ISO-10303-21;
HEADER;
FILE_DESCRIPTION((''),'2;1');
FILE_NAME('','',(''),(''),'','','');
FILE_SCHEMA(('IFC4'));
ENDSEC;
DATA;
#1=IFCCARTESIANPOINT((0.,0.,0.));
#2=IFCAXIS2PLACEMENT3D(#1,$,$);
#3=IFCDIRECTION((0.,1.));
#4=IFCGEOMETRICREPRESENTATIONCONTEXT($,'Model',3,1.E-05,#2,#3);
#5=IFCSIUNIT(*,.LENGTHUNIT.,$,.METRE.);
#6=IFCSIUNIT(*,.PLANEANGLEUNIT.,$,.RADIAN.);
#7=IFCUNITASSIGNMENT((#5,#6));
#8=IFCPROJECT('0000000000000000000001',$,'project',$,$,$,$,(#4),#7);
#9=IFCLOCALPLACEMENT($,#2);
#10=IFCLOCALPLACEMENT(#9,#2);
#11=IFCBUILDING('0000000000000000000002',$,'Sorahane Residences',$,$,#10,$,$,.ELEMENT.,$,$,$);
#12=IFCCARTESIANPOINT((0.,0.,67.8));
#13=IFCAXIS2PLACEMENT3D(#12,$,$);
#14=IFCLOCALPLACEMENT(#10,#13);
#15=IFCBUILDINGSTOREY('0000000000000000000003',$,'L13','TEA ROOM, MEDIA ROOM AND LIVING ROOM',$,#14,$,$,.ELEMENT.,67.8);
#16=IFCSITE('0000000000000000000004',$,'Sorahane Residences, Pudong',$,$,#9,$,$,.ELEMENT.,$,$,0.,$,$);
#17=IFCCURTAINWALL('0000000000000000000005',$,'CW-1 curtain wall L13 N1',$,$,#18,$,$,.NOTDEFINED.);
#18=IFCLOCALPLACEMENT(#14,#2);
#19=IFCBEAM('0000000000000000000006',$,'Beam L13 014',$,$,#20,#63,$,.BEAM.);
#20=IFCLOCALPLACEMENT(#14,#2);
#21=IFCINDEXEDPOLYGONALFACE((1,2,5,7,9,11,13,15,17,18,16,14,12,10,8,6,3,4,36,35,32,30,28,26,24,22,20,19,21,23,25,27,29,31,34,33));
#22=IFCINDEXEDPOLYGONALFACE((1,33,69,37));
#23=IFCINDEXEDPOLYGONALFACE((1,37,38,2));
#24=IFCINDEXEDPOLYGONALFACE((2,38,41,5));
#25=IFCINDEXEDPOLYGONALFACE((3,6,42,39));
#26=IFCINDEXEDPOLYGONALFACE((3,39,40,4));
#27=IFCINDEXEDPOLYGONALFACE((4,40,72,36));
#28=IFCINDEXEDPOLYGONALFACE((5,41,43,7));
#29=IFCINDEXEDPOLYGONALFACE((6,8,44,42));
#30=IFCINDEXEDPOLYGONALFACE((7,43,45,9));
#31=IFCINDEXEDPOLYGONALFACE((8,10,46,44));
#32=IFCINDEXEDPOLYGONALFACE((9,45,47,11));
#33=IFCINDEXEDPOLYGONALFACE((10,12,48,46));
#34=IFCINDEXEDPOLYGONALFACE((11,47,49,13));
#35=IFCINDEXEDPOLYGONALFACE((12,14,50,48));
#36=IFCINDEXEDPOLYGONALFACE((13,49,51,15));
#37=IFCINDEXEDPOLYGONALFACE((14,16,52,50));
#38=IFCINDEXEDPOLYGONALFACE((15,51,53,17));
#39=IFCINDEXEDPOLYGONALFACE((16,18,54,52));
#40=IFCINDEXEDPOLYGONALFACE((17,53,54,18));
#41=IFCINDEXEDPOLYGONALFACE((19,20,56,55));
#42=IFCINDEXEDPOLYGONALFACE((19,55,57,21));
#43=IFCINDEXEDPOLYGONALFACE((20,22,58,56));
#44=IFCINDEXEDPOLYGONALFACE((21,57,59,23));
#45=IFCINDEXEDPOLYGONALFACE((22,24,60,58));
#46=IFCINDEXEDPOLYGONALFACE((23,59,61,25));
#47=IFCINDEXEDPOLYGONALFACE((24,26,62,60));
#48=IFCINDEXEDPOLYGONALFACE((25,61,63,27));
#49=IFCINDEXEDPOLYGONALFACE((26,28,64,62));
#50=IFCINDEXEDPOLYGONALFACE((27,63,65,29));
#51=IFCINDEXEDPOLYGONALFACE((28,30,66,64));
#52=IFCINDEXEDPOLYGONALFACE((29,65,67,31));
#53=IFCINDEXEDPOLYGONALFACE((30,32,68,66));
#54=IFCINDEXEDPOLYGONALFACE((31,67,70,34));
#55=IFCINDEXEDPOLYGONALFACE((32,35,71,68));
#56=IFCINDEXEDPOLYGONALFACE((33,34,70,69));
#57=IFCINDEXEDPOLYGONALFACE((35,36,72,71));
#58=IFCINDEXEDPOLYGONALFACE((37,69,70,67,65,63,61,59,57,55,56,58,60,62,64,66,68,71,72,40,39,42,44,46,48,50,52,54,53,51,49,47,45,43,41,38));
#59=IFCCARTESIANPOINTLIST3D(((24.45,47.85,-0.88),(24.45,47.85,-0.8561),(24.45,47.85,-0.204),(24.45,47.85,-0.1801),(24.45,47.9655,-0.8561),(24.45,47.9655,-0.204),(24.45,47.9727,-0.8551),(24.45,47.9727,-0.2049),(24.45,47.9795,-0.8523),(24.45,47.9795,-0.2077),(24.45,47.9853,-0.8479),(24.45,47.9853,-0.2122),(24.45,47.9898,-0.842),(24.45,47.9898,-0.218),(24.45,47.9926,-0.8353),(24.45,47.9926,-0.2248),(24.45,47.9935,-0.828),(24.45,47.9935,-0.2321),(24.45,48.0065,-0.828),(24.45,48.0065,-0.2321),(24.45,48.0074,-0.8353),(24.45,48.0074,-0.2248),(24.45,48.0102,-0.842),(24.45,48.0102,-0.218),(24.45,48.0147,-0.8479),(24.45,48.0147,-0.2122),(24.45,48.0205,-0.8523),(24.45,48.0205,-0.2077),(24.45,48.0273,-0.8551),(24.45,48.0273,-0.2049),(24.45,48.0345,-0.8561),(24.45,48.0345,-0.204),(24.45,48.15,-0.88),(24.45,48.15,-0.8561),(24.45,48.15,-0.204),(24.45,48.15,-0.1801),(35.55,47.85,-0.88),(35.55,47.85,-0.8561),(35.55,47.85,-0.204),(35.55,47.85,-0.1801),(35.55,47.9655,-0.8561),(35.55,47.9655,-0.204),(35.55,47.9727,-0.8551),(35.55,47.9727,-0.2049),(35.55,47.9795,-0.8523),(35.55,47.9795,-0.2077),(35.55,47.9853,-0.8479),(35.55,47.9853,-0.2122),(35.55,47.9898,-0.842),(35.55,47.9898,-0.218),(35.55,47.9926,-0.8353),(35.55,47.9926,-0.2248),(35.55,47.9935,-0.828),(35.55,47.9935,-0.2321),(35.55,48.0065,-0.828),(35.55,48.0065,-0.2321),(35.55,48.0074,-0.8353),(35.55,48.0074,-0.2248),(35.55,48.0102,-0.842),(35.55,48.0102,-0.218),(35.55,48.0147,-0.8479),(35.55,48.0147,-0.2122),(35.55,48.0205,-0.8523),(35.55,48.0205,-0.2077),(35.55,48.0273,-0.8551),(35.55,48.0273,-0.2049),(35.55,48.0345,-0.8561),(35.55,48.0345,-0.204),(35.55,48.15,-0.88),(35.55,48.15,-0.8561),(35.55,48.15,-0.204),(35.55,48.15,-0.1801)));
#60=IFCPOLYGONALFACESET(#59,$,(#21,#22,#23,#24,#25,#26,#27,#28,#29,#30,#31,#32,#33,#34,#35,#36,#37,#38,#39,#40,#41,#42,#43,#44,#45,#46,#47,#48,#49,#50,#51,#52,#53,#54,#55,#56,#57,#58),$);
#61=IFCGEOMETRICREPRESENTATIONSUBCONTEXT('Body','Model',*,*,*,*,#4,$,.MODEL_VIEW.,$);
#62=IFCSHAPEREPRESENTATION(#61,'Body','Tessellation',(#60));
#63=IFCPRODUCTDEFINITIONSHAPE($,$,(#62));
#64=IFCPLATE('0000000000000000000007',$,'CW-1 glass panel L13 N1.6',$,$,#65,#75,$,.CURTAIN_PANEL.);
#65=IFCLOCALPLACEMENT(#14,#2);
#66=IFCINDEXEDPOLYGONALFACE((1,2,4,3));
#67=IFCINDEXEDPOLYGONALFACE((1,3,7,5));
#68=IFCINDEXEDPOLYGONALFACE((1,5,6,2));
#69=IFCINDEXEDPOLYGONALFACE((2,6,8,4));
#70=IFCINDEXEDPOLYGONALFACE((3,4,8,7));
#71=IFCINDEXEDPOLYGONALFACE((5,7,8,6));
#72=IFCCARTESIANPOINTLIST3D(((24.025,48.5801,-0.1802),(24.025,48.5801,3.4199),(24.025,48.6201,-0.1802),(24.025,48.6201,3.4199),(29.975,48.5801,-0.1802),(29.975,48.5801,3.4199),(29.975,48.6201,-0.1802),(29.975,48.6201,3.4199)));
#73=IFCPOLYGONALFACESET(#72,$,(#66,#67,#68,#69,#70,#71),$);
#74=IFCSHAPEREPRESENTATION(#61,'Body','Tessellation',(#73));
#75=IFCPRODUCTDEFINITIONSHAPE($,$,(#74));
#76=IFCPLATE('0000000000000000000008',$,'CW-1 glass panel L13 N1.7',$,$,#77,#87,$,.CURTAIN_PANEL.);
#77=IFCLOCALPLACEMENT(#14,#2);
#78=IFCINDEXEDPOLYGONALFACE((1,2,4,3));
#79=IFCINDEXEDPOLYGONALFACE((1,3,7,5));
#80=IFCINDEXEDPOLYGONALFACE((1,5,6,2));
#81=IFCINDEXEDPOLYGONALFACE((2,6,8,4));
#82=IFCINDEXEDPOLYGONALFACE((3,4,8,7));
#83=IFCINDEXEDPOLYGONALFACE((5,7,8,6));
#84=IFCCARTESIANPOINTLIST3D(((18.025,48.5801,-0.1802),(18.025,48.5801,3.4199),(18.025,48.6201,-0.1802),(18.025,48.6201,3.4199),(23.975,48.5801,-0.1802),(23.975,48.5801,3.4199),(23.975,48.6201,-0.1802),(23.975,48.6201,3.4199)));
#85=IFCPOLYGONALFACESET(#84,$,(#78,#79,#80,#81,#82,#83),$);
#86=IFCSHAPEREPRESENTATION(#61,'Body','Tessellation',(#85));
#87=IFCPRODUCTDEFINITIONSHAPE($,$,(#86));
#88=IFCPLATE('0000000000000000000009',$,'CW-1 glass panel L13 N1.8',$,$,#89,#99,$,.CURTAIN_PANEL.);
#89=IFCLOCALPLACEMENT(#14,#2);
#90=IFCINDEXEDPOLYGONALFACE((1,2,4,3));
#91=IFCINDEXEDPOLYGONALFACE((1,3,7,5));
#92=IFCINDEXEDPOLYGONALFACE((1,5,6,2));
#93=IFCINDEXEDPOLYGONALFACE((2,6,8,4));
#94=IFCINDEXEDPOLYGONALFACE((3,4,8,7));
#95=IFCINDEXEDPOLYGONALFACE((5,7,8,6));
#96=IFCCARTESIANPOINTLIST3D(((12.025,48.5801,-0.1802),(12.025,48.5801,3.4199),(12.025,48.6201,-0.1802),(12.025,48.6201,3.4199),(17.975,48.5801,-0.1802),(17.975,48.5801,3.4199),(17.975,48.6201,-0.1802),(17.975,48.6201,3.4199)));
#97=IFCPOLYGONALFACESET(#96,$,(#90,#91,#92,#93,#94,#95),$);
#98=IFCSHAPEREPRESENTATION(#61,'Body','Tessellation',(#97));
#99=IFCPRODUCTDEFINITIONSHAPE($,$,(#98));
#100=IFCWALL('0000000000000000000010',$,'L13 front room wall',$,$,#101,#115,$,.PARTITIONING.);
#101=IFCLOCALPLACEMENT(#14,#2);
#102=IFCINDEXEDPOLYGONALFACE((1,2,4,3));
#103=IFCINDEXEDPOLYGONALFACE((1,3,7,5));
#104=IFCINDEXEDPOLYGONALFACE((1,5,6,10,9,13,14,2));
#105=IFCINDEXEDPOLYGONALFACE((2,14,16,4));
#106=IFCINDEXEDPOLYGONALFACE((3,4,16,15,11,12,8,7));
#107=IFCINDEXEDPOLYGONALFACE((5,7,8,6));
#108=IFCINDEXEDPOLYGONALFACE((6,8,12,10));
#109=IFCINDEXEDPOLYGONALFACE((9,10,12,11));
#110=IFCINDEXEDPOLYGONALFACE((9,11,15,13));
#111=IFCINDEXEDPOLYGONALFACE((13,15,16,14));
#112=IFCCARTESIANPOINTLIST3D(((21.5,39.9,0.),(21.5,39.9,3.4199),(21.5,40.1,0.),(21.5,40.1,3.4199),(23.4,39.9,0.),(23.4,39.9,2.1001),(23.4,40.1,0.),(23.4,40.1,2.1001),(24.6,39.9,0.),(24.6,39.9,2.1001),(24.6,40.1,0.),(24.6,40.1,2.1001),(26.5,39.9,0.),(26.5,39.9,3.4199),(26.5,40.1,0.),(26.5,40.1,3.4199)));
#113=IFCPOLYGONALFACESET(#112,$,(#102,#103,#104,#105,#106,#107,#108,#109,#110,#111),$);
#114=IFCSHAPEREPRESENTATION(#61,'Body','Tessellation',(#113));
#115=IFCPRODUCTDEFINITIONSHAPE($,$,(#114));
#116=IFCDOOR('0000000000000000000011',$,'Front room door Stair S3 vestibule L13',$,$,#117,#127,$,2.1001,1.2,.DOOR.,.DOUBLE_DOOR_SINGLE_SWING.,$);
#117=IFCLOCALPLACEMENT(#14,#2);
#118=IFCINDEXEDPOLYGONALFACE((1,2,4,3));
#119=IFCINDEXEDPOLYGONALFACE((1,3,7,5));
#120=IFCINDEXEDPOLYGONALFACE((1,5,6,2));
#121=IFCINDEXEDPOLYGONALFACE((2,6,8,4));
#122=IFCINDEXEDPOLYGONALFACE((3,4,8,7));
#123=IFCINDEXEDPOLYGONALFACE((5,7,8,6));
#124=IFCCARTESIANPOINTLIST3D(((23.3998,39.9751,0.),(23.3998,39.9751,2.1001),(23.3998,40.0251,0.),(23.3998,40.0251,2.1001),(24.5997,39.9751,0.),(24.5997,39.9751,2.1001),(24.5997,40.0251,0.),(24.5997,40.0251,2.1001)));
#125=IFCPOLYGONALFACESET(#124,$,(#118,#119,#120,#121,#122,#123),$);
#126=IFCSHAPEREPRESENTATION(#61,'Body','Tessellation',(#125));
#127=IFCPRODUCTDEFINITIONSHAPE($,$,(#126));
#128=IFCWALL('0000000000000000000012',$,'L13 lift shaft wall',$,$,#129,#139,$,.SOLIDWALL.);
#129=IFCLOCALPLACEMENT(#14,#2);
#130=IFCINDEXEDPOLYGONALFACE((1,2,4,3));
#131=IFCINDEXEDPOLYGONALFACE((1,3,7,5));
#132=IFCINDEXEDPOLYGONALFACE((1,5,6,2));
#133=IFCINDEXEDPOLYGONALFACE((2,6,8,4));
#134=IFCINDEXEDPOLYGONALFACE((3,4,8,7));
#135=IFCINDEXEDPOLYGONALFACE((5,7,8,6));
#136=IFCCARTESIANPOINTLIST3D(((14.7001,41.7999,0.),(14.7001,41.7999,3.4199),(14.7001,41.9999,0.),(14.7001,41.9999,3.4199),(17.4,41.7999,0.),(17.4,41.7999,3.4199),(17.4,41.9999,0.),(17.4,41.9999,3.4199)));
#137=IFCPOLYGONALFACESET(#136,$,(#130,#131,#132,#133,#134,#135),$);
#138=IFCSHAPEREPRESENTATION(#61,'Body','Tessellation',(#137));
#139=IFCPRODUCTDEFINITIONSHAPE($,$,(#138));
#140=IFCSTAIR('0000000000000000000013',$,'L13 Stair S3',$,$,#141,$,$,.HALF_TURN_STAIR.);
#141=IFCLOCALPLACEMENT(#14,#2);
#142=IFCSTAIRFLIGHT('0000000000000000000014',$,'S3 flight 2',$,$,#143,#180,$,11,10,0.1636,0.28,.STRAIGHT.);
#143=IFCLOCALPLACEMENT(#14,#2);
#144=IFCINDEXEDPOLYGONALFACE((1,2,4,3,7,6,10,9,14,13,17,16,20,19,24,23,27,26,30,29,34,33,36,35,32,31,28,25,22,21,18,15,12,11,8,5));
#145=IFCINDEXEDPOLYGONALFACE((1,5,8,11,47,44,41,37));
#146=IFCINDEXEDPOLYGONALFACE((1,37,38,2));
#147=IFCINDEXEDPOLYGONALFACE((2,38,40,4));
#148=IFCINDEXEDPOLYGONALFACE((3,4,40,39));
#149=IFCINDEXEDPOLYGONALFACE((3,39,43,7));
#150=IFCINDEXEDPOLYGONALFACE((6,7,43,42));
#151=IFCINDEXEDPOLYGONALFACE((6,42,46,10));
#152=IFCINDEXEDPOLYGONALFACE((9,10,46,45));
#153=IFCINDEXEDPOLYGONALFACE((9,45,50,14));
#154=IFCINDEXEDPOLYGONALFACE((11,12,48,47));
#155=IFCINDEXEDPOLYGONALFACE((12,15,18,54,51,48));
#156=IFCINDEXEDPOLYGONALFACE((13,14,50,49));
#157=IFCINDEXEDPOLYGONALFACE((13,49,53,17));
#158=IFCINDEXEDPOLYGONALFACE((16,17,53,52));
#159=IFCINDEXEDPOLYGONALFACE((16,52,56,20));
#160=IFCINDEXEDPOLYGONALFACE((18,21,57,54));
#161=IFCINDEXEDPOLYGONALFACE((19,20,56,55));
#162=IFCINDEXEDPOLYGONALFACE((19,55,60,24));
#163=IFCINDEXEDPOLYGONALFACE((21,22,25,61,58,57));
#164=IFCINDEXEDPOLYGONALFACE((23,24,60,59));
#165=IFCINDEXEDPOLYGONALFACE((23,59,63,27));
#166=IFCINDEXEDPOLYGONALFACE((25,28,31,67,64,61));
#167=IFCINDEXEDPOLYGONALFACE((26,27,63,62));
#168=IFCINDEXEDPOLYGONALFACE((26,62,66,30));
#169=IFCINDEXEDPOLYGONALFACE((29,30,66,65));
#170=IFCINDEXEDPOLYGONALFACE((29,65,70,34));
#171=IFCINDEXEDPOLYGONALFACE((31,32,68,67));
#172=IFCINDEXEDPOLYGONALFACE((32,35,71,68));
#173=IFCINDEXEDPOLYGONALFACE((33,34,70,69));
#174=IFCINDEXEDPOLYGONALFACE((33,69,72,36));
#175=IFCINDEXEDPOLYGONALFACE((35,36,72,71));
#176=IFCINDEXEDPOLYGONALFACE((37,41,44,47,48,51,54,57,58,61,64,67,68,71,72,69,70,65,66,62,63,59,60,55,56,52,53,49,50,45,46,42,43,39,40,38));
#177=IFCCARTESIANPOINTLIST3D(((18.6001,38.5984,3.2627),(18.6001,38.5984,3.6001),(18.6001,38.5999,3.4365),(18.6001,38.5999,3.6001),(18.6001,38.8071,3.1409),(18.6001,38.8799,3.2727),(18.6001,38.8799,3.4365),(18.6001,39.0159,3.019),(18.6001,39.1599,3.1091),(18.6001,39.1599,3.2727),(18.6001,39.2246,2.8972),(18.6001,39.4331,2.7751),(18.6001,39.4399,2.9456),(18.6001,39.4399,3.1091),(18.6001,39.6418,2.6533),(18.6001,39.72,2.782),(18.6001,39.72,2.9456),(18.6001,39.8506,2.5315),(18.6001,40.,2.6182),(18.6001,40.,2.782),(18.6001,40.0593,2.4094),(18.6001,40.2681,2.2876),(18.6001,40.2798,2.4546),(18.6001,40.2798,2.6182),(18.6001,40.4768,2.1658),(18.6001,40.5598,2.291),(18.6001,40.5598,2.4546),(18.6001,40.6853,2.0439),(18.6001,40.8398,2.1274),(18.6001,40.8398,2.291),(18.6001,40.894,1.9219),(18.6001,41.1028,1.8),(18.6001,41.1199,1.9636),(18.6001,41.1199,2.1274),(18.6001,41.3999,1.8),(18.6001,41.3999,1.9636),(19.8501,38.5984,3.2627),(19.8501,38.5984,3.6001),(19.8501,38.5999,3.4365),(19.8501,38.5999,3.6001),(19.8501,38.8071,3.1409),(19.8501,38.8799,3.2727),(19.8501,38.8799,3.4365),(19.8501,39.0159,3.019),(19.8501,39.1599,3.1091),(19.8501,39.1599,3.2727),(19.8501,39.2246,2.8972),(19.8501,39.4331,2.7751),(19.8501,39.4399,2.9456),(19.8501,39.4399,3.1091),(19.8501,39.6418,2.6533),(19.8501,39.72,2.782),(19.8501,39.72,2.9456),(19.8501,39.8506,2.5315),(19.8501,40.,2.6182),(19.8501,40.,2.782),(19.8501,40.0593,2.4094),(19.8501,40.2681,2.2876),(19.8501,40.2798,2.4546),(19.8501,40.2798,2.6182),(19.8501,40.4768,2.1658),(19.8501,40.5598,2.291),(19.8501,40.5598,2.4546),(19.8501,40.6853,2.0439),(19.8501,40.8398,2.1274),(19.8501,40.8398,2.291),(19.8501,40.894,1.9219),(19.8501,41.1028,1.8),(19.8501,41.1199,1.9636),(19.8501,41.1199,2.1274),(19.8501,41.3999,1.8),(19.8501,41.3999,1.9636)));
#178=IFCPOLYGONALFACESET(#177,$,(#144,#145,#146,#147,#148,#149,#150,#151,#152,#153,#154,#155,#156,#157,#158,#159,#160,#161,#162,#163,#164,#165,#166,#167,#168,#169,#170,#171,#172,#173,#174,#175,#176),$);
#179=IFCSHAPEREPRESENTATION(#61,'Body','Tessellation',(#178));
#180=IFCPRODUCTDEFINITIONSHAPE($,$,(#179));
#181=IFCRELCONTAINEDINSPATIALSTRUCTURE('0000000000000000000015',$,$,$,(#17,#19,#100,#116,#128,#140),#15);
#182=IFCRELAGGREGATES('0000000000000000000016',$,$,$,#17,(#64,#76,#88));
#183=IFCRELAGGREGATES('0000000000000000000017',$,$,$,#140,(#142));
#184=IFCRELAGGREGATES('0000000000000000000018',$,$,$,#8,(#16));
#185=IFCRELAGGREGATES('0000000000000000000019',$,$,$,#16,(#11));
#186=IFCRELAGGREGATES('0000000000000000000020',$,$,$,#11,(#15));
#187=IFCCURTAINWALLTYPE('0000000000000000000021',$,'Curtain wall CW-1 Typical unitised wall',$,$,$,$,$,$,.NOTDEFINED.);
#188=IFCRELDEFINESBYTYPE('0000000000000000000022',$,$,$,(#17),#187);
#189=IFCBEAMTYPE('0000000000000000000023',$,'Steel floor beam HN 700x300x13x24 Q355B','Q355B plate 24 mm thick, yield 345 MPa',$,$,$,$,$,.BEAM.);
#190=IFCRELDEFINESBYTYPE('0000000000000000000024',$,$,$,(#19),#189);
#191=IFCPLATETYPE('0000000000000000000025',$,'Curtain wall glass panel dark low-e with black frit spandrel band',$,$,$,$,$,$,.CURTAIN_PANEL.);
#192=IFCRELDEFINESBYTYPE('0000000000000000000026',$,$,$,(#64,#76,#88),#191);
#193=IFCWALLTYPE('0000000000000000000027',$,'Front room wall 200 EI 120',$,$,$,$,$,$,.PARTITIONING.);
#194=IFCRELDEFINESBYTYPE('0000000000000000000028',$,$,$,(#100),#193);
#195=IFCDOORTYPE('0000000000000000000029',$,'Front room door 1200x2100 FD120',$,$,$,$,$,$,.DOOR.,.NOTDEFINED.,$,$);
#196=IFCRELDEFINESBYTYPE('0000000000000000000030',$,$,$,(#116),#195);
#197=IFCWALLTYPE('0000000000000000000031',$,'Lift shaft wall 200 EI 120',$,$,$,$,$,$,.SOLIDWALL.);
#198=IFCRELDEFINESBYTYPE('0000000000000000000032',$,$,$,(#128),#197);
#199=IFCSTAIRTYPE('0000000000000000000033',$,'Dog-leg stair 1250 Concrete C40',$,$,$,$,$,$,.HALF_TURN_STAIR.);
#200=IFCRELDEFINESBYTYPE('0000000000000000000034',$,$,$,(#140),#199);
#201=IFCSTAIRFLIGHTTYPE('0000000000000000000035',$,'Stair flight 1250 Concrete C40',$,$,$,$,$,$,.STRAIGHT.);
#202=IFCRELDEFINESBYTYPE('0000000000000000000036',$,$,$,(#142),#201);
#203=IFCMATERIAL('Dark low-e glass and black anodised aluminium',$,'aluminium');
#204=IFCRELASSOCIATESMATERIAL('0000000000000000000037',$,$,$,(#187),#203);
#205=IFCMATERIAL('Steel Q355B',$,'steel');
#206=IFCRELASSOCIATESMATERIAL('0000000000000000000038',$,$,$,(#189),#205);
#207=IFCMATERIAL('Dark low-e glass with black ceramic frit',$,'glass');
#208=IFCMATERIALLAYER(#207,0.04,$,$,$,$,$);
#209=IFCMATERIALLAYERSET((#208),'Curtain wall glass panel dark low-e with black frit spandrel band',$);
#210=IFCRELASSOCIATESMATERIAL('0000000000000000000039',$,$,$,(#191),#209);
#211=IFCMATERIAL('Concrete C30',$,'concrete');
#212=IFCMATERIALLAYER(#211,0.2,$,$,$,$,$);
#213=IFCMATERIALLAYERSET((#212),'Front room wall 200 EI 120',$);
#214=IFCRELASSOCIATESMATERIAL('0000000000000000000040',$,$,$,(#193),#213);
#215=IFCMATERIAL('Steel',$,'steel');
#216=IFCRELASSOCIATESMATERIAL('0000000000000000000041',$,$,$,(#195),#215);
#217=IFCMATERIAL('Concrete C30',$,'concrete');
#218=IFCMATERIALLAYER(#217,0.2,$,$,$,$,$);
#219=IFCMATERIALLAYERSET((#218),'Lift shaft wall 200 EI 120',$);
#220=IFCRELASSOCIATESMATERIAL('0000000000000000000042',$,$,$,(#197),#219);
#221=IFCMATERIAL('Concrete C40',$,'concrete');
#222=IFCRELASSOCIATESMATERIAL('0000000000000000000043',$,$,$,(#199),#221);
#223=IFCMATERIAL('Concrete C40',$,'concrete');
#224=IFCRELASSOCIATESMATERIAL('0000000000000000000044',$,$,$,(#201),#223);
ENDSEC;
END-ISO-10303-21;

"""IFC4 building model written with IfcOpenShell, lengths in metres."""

from ifc_helpers import new_model, si_unit, direction, frame, frame_2d, origin, origin_2d, place, context, subcontext, project, spatial, polyline, rectangle, i_section, outline, extrude, material, layer, layer_set, material_profile, profile_set, type_object, element, fill, aggregate, save


model = new_model("IFC4")

# Units and contexts
model_context = context("Model", 3, precision=1e-05, world=origin(), true_north=direction((0.0, 1.0)))
body_context = subcontext(model_context, "Body", "Model", "MODEL_VIEW")
ifc_project = project(units=[si_unit("LENGTHUNIT", "METRE"), si_unit("PLANEANGLEUNIT", "RADIAN")], contexts=[model_context])

# Site, building, storey
site_placement = place(None, origin())
site = spatial("IfcSite", under=ifc_project, at=site_placement, Name="Sorahane Residences, Pudong", CompositionType="ELEMENT", RefElevation=0.0)
building_placement = place(site_placement, origin())
building = spatial("IfcBuilding", under=site, at=building_placement, Name="Sorahane Residences", CompositionType="ELEMENT")
storey_placement = place(building_placement, frame((0.0, 0.0, 67.8)))
storey = spatial("IfcBuildingStorey", under=building, at=storey_placement, Name="L13", Description="TEA ROOM, MEDIA ROOM AND LIVING ROOM", CompositionType="ELEMENT", Elevation=67.8)

# Curtain wall
ifc_material_1 = material(Name="Dark low-e glass and black anodised aluminium", Category="aluminium")
curtain_wall_type = type_object("IfcCurtainWallType", Name="Curtain wall CW-1 Typical unitised wall", PredefinedType="NOTDEFINED", material=ifc_material_1)
curtain_wall_placement = place(storey_placement, origin())
curtain_wall = element("IfcCurtainWall", 1, at=curtain_wall_placement, inside=storey, type_object=curtain_wall_type, Name="CW-1 curtain wall L13 N1", PredefinedType="NOTDEFINED")

# Beam
ifc_material_2 = material(Name="Steel Q355B", Category="steel")
ifc_material_profile_1 = material_profile(ifc_material_2, i_section(OverallWidth=0.3, OverallDepth=0.7, WebThickness=0.0129, FlangeThickness=0.0239, FilletRadius=0.0281, at=origin_2d()), Name="HN 700x300x13x24")
ifc_profile_set_1 = profile_set([ifc_material_profile_1], Name="Steel Q355B")
beam_type_1 = type_object("IfcBeamType", Name="Steel floor beam HN 700x300x13x24 Q355B", Description="Q355B plate 24 mm thick, yield 345 MPa", PredefinedType="BEAM", material=ifc_profile_set_1)
beam_1_placement = place(storey_placement, frame((24.45, 48.0, -0.53), z_axis=(1.0, 0.0, 0.0), x_axis=(0.0, 1.0, 0.0)))
element("IfcBeam", 2, at=beam_1_placement, inside=storey, type_object=beam_type_1, Name="Beam L13 014", PredefinedType="BEAM", context=body_context, shape_type="SweptSolid", body=[
    extrude(i_section(OverallWidth=0.3, OverallDepth=0.7, WebThickness=0.0129, FlangeThickness=0.0239, FilletRadius=0.0281, at=origin_2d()), origin(), (0.0, 0.0, 1.0), 11.1001),
])

# Plates
ifc_material_3 = material(Name="Dark low-e glass with black ceramic frit", Category="glass")
ifc_layer_1 = layer(ifc_material_3, 0.04)
ifc_layer_set_1 = layer_set([ifc_layer_1], Name="Curtain wall glass panel dark low-e with black frit spandrel band")
plate_type = type_object("IfcPlateType", Name="Curtain wall glass panel dark low-e with black frit spandrel band", PredefinedType="CURTAIN_PANEL", material=ifc_layer_set_1)
plate_1_placement = place(storey_placement, frame((27.0, 48.6001, -0.1802), z_axis=(0.0, 0.0, 1.0), x_axis=(-1.0, 0.0, 0.0)))
plate_1 = element("IfcPlate", 3, at=plate_1_placement, type_object=plate_type, Name="CW-1 glass panel L13 N1.6", PredefinedType="CURTAIN_PANEL", context=body_context, shape_type="SweptSolid", body=[
    extrude(rectangle(XDim=5.95, YDim=0.04, at=origin_2d()), origin(), (0.0, 0.0, 1.0), 3.6001),
])
plate_2_placement = place(storey_placement, frame((21.0, 48.6001, -0.1802), z_axis=(0.0, 0.0, 1.0), x_axis=(-1.0, 0.0, 0.0)))
plate_2 = element("IfcPlate", 4, at=plate_2_placement, type_object=plate_type, Name="CW-1 glass panel L13 N1.7", PredefinedType="CURTAIN_PANEL", context=body_context, shape_type="SweptSolid", body=[
    extrude(rectangle(XDim=5.95, YDim=0.04, at=origin_2d()), origin(), (0.0, 0.0, 1.0), 3.6001),
])
plate_3_placement = place(storey_placement, frame((15.0, 48.6001, -0.1802), z_axis=(0.0, 0.0, 1.0), x_axis=(-1.0, 0.0, 0.0)))
plate_3 = element("IfcPlate", 5, at=plate_3_placement, type_object=plate_type, Name="CW-1 glass panel L13 N1.8", PredefinedType="CURTAIN_PANEL", context=body_context, shape_type="SweptSolid", body=[
    extrude(rectangle(XDim=5.95, YDim=0.04, at=origin_2d()), origin(), (0.0, 0.0, 1.0), 3.6001),
])
aggregate(curtain_wall, [plate_1, plate_2, plate_3])

# Wall, opening, door
ifc_material_4 = material(Name="Concrete C30", Category="concrete")
ifc_layer_2 = layer(ifc_material_4, 0.2)
ifc_layer_set_2 = layer_set([ifc_layer_2], Name="Front room wall 200 EI 120")
wall_type_1 = type_object("IfcWallType", Name="Front room wall 200 EI 120", PredefinedType="PARTITIONING", material=ifc_layer_set_2)
wall_1_placement = place(storey_placement, frame((21.5, 40.0, 0.0), z_axis=(0.0, 0.0, 1.0), x_axis=(1.0, 0.0, 0.0)))
wall_1 = element("IfcWall", 6, at=wall_1_placement, inside=storey, type_object=wall_type_1, Name="L13 front room wall", PredefinedType="PARTITIONING", context=body_context, shape_type="SweptSolid", body=[
    extrude(rectangle(XDim=5.0, YDim=0.2, at=frame_2d((2.5, 0.0))), origin(), (0.0, 0.0, 1.0), 3.4199),
])
opening_placement = place(wall_1_placement, frame((1.8999, 0.0, 0.0)))
opening = element("IfcOpeningElement", 7, at=opening_placement, cuts=wall_1, PredefinedType="OPENING", context=body_context, shape_type="SweptSolid", body=[
    extrude(rectangle(XDim=1.2, YDim=2.1001, at=frame_2d((0.6001, 1.05))), frame((0.0, 0.1099, 0.0), z_axis=(0.0, -1.0, 0.0), x_axis=(1.0, 0.0, 0.0)), (0.0, 0.0, 1.0), 0.22),
])
ifc_material_5 = material(Name="Steel", Category="steel")
door_type = type_object("IfcDoorType", Name="Front room door 1200x2100 FD120", OperationType="NOTDEFINED", PredefinedType="DOOR", material=ifc_material_5)
door_placement = place(opening_placement, frame((1.2, 0.0, 0.0), z_axis=(0.0, 0.0, 1.0), x_axis=(-1.0, 0.0, 0.0)))
door = element("IfcDoor", 8, at=door_placement, inside=storey, type_object=door_type, Name="Front room door Stair S3 vestibule L13", OperationType="DOUBLE_DOOR_SINGLE_SWING", OverallHeight=2.1001, OverallWidth=1.2, PredefinedType="DOOR", context=body_context, shape_type="SweptSolid", body=[
    extrude(rectangle(XDim=1.2, YDim=2.1001, at=frame_2d((0.6001, 1.05))), frame((0.0, 0.0249, 0.0), z_axis=(0.0, -1.0, 0.0), x_axis=(1.0, 0.0, 0.0)), (0.0, 0.0, 1.0), 0.05),
])
fill(opening, door)

# Wall
ifc_material_6 = material(Name="Concrete C30", Category="concrete")
ifc_layer_3 = layer(ifc_material_6, 0.2)
ifc_layer_set_3 = layer_set([ifc_layer_3], Name="Lift shaft wall 200 EI 120")
wall_type_2 = type_object("IfcWallType", Name="Lift shaft wall 200 EI 120", PredefinedType="SOLIDWALL", material=ifc_layer_set_3)
wall_2_placement = place(storey_placement, frame((14.7, 41.8999, 0.0), z_axis=(0.0, 0.0, 1.0), x_axis=(1.0, 0.0, 0.0)))
element("IfcWall", 9, at=wall_2_placement, inside=storey, type_object=wall_type_2, Name="L13 lift shaft wall", PredefinedType="SOLIDWALL", context=body_context, shape_type="SweptSolid", body=[
    extrude(rectangle(XDim=2.7, YDim=0.2, at=frame_2d((1.3501, 0.0))), origin(), (0.0, 0.0, 1.0), 3.4199),
])

# Stair, stair flight
ifc_material_7 = material(Name="Concrete C40", Category="concrete")
stair_type = type_object("IfcStairType", Name="Dog-leg stair 1250 Concrete C40", PredefinedType="HALF_TURN_STAIR", material=ifc_material_7)
stair_placement = place(storey_placement, origin())
stair = element("IfcStair", 10, at=stair_placement, inside=storey, type_object=stair_type, Name="L13 Stair S3", PredefinedType="HALF_TURN_STAIR")
ifc_material_8 = material(Name="Concrete C40", Category="concrete")
stair_flight_type = type_object("IfcStairFlightType", Name="Stair flight 1250 Concrete C40", PredefinedType="STRAIGHT", material=ifc_material_8)
stair_flight_placement = place(storey_placement, frame((19.2251, 41.3999, 1.8), z_axis=(0.0, 0.0, 1.0), x_axis=(0.0, -1.0, 0.0)))
stair_flight = element("IfcStairFlight", 11, at=stair_flight_placement, type_object=stair_flight_type, Name="S3 flight 2", NumberOfRisers=11, NumberOfTreads=10, PredefinedType="STRAIGHT", RiserHeight=0.1636, TreadLength=0.28, context=body_context, shape_type="SweptSolid", body=[
    extrude(outline(polyline([(0.0, 0.0), (0.0, 0.1636), (0.28, 0.1636), (0.28, 0.3274), (0.5601, 0.3274), (0.5601, 0.491), (0.8401, 0.491), (0.8401, 0.6545), (1.1201, 0.6545), (1.1201, 0.8181), (1.3999, 0.8181), (1.3999, 0.9819), (1.6799, 0.9819), (1.6799, 1.1455), (1.96, 1.1455), (1.96, 1.3091), (2.24, 1.3091), (2.24, 1.4727), (2.52, 1.4727), (2.52, 1.6365), (2.8, 1.6365), (2.8, 1.8), (2.8015, 1.8), (2.8015, 1.4626), (2.5928, 1.3408), (2.384, 1.219), (2.1753, 1.0972), (1.9668, 0.9751), (1.7581, 0.8533), (1.5493, 0.7314), (1.3406, 0.6094), (1.1318, 0.4875), (0.9231, 0.3657), (0.7146, 0.2439), (0.5059, 0.1218), (0.2971, 0.0), (0.0, 0.0)])), frame((0.0, 0.625, 0.0), z_axis=(0.0, -1.0, 0.0), x_axis=(1.0, 0.0, 0.0)), (0.0, 0.0, 1.0), 1.25),
])
aggregate(stair, [stair_flight])

save(model, "model.ifc")
